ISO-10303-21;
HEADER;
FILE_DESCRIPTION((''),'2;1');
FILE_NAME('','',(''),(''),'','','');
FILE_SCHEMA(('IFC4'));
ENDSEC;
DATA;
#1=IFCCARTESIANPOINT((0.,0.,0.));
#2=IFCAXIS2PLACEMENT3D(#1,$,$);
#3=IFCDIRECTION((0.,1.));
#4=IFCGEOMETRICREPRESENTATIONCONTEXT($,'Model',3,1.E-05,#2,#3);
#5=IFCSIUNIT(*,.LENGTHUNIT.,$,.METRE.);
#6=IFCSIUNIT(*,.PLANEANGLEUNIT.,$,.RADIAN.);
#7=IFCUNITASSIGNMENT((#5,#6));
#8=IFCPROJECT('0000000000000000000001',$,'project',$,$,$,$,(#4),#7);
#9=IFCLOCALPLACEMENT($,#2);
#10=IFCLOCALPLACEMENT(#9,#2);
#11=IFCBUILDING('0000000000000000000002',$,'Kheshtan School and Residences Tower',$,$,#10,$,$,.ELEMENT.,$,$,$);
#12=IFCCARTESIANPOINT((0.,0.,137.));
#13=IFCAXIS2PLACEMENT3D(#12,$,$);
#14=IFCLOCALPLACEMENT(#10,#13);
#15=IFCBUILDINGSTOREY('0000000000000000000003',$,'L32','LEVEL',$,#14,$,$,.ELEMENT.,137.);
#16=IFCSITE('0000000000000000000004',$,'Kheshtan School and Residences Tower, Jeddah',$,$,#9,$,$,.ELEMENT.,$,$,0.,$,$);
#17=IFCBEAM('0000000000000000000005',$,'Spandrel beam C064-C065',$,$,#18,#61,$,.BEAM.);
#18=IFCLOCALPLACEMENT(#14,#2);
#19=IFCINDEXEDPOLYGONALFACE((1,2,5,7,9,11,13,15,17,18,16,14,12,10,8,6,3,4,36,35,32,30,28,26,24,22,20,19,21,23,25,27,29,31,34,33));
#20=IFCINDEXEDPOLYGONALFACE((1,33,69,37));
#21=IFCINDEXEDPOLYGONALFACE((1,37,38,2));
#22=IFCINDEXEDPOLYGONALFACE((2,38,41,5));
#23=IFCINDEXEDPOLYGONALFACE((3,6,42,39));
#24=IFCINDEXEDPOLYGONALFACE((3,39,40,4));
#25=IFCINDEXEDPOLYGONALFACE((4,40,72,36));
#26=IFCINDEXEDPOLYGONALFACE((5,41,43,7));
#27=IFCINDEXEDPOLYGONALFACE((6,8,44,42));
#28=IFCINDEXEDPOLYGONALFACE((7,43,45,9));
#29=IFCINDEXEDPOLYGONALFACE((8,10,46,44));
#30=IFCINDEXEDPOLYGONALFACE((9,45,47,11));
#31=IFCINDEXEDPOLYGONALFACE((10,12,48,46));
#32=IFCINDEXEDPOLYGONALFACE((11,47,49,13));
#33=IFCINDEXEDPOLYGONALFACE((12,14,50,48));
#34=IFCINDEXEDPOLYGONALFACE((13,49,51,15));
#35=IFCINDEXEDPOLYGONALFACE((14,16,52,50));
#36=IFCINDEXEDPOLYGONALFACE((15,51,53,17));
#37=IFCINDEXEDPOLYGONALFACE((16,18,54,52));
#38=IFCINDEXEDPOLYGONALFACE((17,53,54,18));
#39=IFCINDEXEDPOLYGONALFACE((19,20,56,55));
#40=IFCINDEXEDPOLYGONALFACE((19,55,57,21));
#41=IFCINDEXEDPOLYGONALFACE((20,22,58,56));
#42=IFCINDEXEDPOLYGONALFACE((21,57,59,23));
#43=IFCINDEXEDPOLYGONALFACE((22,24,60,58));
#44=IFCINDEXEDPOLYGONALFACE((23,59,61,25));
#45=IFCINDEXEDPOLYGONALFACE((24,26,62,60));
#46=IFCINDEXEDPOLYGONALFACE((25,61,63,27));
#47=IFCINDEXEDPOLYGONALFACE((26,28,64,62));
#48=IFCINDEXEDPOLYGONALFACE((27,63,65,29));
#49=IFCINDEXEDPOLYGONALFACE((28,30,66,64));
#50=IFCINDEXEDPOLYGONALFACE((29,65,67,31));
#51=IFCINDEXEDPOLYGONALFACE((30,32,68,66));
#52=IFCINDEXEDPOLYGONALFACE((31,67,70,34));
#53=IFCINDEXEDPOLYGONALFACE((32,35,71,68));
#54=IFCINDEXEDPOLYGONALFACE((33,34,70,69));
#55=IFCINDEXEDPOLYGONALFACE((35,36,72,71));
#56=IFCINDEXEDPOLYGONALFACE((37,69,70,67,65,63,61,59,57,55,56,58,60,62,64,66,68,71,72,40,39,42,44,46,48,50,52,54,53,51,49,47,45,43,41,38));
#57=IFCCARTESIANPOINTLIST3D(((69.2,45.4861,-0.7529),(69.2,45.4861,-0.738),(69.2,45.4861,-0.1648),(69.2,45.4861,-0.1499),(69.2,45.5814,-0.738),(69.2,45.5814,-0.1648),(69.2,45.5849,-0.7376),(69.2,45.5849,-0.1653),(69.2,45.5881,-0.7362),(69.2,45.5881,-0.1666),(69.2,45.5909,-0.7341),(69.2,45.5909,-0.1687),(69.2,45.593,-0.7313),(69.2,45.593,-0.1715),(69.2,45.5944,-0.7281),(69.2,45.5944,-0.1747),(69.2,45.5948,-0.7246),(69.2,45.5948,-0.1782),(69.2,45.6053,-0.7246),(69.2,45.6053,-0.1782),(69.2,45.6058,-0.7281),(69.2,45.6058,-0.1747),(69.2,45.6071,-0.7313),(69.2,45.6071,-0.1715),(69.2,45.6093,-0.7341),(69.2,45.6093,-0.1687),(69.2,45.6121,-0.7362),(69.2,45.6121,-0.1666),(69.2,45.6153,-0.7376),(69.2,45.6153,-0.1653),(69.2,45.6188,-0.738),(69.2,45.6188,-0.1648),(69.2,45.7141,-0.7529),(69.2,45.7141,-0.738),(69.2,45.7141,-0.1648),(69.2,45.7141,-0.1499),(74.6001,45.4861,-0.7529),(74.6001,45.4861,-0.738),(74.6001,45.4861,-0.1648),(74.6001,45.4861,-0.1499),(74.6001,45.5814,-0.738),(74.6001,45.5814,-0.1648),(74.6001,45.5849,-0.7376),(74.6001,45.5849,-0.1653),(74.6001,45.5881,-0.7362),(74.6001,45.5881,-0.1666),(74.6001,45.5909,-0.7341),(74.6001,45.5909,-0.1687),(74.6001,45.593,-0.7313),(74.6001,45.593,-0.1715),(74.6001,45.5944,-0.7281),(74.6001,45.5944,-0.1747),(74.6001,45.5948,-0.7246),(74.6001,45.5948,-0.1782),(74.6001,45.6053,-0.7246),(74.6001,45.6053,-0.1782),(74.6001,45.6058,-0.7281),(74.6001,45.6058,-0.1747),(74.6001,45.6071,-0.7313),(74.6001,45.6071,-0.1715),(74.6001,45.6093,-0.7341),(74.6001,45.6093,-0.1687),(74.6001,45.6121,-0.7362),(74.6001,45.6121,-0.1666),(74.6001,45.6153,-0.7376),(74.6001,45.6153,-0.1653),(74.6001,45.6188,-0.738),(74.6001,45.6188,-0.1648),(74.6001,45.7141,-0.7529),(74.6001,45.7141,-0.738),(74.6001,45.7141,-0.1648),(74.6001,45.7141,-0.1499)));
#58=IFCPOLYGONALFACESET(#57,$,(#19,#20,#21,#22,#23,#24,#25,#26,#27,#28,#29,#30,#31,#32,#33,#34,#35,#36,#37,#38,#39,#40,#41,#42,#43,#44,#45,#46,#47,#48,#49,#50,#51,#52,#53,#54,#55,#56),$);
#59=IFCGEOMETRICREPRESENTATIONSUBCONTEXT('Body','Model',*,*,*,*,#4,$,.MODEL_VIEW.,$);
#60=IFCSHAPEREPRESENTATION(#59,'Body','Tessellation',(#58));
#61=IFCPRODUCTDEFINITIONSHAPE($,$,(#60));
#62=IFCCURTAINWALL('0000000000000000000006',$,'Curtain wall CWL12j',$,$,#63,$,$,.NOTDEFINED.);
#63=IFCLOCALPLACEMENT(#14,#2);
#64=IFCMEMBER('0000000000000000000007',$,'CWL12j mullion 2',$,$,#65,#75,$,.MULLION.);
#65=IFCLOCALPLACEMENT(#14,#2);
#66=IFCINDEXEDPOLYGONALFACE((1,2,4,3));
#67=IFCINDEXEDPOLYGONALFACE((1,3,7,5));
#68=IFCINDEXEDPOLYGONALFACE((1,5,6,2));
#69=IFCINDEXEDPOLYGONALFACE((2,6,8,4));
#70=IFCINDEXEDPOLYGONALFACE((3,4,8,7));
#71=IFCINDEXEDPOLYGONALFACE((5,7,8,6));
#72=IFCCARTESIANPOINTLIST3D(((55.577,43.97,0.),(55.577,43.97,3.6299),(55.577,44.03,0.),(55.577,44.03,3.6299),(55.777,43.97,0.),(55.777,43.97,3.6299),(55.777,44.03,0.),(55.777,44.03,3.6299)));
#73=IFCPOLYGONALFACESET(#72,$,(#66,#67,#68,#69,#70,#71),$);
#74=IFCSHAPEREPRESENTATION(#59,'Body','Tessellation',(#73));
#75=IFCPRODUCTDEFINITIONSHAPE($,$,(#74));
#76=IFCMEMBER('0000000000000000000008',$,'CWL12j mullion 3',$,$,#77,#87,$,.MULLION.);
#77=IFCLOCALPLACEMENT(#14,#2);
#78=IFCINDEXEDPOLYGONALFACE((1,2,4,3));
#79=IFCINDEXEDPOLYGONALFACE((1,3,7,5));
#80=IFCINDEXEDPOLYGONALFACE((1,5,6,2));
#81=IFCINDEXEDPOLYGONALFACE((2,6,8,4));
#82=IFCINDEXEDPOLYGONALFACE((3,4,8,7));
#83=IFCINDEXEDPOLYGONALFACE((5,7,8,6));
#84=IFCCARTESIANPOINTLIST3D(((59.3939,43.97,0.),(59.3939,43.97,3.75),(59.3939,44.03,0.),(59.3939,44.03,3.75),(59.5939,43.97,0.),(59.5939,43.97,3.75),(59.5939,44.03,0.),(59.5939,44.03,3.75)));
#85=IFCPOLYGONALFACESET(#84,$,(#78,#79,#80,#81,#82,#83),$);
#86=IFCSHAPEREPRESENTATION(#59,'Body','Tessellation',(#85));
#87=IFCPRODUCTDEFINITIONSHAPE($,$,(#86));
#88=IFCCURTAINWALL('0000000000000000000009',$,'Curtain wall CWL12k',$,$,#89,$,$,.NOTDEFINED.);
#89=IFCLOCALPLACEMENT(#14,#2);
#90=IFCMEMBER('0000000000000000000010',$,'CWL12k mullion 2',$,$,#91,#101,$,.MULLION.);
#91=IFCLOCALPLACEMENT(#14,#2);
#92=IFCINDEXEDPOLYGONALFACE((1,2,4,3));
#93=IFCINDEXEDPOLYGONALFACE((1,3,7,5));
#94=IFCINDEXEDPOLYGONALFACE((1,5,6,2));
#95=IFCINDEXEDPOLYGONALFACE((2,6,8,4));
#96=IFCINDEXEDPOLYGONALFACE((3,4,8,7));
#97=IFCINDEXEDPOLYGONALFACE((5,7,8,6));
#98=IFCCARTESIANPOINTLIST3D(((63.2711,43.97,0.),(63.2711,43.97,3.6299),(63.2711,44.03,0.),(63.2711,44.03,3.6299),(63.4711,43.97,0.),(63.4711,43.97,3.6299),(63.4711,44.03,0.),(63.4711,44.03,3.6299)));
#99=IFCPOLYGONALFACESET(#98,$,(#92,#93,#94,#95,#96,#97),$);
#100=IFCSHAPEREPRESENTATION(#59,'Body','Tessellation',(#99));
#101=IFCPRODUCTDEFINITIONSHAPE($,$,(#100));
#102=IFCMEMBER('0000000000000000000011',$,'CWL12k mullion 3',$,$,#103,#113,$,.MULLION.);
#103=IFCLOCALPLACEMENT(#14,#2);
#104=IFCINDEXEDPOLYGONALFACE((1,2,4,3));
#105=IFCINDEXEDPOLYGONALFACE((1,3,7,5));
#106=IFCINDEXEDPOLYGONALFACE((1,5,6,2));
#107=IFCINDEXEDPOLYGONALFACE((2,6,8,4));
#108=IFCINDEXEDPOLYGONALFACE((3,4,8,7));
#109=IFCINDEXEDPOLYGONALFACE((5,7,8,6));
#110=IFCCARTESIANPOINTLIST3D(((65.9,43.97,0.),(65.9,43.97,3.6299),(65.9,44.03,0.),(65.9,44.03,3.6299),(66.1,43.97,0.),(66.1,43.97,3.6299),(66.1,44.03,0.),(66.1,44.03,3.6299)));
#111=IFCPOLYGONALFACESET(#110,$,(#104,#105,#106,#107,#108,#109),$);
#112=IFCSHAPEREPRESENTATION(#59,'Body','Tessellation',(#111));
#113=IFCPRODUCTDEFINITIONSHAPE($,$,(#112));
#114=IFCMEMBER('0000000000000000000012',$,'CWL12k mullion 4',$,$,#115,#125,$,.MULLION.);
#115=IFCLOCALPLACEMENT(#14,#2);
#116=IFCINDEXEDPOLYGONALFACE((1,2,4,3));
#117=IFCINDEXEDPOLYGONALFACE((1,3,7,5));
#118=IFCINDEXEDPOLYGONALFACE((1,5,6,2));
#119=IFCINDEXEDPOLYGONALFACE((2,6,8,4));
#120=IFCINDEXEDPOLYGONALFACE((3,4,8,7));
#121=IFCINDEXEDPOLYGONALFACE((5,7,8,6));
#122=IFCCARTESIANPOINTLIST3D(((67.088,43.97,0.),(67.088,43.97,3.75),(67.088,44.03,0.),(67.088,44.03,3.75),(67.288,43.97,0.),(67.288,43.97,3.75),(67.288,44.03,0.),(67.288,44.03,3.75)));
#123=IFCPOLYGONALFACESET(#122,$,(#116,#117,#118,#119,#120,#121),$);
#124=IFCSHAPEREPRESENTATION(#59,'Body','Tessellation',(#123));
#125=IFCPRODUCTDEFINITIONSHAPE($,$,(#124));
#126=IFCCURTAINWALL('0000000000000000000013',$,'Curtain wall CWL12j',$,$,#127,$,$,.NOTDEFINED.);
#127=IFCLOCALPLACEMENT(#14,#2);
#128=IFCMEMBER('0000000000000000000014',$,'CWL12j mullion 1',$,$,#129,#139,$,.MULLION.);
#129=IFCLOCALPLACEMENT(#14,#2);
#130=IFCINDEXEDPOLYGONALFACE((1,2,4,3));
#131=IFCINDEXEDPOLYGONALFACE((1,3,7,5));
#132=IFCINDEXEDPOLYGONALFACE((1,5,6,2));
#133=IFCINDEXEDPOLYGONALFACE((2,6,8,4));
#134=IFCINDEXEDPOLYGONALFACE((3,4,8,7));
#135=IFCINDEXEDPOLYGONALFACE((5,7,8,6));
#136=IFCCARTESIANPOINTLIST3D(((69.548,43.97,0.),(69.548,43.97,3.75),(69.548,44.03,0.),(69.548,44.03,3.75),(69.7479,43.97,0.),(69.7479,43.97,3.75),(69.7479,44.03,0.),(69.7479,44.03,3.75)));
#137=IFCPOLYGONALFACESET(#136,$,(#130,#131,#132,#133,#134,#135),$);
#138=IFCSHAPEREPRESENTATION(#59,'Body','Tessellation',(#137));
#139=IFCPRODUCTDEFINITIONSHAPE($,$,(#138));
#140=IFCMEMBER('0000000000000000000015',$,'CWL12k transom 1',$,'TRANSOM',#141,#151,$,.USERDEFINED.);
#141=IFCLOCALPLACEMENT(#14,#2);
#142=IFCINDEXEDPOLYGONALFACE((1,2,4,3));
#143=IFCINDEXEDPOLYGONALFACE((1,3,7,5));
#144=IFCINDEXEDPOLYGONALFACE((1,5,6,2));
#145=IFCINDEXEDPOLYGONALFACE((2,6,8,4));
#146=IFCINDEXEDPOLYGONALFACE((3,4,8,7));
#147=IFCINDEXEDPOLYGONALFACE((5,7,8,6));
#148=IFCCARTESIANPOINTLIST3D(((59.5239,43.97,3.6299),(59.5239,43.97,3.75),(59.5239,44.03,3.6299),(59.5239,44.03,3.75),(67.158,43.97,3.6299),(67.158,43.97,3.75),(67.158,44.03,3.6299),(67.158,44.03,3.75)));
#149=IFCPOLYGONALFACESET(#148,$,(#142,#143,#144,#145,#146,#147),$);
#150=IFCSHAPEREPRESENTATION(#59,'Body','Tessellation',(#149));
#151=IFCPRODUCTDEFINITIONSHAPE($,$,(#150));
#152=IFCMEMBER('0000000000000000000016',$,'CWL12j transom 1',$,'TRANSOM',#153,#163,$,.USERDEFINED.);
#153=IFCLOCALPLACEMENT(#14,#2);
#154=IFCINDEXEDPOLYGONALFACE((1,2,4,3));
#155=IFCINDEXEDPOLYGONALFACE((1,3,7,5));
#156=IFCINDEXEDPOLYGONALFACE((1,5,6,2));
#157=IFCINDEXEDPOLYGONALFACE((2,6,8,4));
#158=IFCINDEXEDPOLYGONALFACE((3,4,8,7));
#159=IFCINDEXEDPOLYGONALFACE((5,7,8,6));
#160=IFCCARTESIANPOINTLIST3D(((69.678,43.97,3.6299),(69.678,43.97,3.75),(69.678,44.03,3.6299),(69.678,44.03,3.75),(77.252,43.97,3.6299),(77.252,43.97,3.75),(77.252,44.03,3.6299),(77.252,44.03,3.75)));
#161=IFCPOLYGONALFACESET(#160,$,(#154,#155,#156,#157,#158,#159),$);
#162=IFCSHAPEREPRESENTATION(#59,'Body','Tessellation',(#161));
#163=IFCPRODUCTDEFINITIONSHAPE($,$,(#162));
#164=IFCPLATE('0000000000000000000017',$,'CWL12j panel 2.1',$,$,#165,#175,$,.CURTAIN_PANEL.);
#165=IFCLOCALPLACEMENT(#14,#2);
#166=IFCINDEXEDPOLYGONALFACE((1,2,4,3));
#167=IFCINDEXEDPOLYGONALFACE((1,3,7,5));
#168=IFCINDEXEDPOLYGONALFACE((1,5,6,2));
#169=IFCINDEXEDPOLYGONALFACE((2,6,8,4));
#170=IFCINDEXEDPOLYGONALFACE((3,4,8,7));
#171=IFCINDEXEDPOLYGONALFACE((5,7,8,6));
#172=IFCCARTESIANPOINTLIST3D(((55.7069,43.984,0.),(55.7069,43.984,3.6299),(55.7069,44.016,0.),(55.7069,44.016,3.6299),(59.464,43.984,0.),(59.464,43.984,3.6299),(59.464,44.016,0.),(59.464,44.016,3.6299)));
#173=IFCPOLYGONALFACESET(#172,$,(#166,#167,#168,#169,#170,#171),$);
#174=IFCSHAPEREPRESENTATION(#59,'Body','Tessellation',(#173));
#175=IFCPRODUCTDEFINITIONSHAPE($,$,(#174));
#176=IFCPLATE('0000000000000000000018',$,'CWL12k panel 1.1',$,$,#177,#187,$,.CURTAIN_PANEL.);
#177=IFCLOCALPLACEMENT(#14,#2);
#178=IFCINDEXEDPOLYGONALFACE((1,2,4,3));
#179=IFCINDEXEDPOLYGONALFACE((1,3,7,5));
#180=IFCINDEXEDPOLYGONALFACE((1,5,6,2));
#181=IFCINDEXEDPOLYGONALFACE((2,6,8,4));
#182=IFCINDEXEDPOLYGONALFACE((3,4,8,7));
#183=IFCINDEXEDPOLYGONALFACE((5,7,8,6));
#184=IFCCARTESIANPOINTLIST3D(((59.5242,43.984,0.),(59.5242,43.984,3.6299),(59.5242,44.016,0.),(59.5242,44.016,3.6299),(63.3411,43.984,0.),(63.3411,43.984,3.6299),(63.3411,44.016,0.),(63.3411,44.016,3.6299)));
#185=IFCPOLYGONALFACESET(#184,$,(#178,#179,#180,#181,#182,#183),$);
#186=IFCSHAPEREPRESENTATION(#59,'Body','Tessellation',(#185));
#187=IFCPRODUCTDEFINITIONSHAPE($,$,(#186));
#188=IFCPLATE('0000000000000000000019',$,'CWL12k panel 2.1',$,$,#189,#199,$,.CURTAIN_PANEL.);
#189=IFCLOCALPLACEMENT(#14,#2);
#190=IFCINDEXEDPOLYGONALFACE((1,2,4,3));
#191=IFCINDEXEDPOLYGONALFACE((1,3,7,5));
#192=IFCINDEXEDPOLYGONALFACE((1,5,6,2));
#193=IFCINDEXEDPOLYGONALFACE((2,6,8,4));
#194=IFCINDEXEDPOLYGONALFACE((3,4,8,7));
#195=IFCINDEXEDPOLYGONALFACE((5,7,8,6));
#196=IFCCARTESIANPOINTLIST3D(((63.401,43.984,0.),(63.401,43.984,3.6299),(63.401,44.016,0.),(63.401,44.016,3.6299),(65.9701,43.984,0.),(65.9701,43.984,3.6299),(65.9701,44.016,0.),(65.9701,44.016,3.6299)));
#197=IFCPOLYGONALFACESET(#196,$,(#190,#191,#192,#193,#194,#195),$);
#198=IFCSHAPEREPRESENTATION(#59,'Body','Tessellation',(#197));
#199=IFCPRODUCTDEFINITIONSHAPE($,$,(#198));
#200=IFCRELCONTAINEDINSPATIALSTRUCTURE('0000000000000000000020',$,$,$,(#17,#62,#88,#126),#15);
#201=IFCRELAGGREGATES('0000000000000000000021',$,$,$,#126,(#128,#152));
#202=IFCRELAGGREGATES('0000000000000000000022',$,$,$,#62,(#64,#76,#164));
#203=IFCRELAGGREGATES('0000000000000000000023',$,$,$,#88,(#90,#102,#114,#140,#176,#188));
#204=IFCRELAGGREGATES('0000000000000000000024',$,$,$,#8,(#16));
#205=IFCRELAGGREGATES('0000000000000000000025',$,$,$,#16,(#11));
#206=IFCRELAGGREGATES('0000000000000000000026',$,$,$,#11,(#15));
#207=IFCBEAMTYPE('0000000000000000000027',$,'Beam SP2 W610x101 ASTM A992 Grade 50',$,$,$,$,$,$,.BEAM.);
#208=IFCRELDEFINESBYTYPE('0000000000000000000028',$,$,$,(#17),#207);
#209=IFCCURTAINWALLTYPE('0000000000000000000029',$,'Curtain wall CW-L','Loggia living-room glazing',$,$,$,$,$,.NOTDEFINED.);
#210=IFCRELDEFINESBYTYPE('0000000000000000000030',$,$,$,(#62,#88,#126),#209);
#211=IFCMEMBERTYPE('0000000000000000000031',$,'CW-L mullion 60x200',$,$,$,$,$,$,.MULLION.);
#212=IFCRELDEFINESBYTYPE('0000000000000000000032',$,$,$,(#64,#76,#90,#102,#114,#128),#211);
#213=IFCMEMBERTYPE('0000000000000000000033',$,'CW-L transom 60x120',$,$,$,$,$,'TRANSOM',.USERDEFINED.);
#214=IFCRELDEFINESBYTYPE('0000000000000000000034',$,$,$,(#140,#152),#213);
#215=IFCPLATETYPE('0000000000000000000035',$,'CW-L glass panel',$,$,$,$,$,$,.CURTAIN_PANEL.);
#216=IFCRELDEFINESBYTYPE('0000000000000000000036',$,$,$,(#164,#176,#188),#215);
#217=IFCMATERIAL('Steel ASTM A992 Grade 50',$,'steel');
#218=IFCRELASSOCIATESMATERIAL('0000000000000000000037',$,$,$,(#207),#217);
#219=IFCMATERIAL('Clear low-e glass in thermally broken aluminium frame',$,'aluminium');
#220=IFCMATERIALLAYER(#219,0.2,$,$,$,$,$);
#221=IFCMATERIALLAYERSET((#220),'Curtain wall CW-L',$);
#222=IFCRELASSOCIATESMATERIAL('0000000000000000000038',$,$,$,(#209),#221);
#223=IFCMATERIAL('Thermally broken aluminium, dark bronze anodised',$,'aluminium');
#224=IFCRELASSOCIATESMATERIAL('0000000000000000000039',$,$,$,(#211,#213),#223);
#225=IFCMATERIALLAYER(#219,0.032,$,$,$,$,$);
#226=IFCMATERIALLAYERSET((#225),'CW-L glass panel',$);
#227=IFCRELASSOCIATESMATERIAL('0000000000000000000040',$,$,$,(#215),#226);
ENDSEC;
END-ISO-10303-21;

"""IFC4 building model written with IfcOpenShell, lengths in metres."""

from ifc_helpers import new_model, si_unit, direction, frame, origin, origin_2d, place, context, subcontext, project, spatial, rectangle, i_section, extrude, material, layer, layer_set, material_profile, profile_set, type_object, element, aggregate, save


model = new_model("IFC4")

# Units and contexts
model_context = context("Model", 3, precision=1e-05, world=origin(), true_north=direction((0.0, 1.0)))
body_context = subcontext(model_context, "Body", "Model", "MODEL_VIEW")
ifc_project = project(units=[si_unit("LENGTHUNIT", "METRE"), si_unit("PLANEANGLEUNIT", "RADIAN")], contexts=[model_context])

# Site, building, storey
site_placement = place(None, origin())
site = spatial("IfcSite", under=ifc_project, at=site_placement, Name="Kheshtan School and Residences Tower, Jeddah", CompositionType="ELEMENT", RefElevation=0.0)
building_placement = place(site_placement, origin())
building = spatial("IfcBuilding", under=site, at=building_placement, Name="Kheshtan School and Residences Tower", CompositionType="ELEMENT")
storey_placement = place(building_placement, frame((0.0, 0.0, 137.0)))
storey = spatial("IfcBuildingStorey", under=building, at=storey_placement, Name="L32", Description="LEVEL", CompositionType="ELEMENT", Elevation=137.0)

# Shared definitions
ifc_material_1 = material(Name="Steel ASTM A992 Grade 50", Category="steel")

# Beam
ifc_material_profile_1 = material_profile(ifc_material_1, i_section(OverallWidth=0.228, OverallDepth=0.603, WebThickness=0.0105, FlangeThickness=0.0149, FilletRadius=0.0134, at=origin_2d()), Name="W610x101")
ifc_profile_set_1 = profile_set([ifc_material_profile_1], Name="Steel ASTM A992 Grade 50")
beam_type_1 = type_object("IfcBeamType", Name="Beam SP2 W610x101 ASTM A992 Grade 50", PredefinedType="BEAM", material=ifc_profile_set_1)
beam_1_placement = place(storey_placement, frame((69.2, 45.6001, -0.4514), z_axis=(1.0, 0.0, 0.0), x_axis=(0.0, 1.0, 0.0)))
element("IfcBeam", 1, at=beam_1_placement, inside=storey, type_object=beam_type_1, Name="Spandrel beam C064-C065", PredefinedType="BEAM", context=body_context, shape_type="SweptSolid", body=[
    extrude(i_section(OverallWidth=0.228, OverallDepth=0.603, WebThickness=0.0105, FlangeThickness=0.0149, FilletRadius=0.0134, at=origin_2d()), origin(), (0.0, 0.0, 1.0), 5.4001),
])

# Curtain walls, members
ifc_material_2 = material(Name="Clear low-e glass in thermally broken aluminium frame", Category="aluminium")
ifc_layer_1 = layer(ifc_material_2, 0.2)
ifc_layer_set_1 = layer_set([ifc_layer_1], Name="Curtain wall CW-L")
curtain_wall_type = type_object("IfcCurtainWallType", Name="Curtain wall CW-L", Description="Loggia living-room glazing", PredefinedType="NOTDEFINED", material=ifc_layer_set_1)
curtain_wall_1_placement = place(storey_placement, origin())
curtain_wall_1 = element("IfcCurtainWall", 2, at=curtain_wall_1_placement, inside=storey, type_object=curtain_wall_type, Name="Curtain wall CWL12j", PredefinedType="NOTDEFINED")
ifc_material_3 = material(Name="Thermally broken aluminium, dark bronze anodised", Category="aluminium")
ifc_material_profile_2 = material_profile(ifc_material_3, rectangle(XDim=0.0601, YDim=0.2, at=origin_2d()), Name="CW-L mullion 60x200")
ifc_profile_set_2 = profile_set([ifc_material_profile_2], Name="Thermally broken aluminium, dark bronze anodised")
member_type_1 = type_object("IfcMemberType", Name="CW-L mullion 60x200", PredefinedType="MULLION", material=ifc_profile_set_2)
member_1_placement = place(storey_placement, frame((55.677, 44.0, 0.0), z_axis=(0.0, 0.0, 1.0), x_axis=(0.0, 1.0, 0.0)))
member_1 = element("IfcMember", 3, at=member_1_placement, type_object=member_type_1, Name="CWL12j mullion 2", PredefinedType="MULLION", context=body_context, shape_type="SweptSolid", body=[
    extrude(rectangle(XDim=0.0601, YDim=0.2, at=origin_2d()), origin(), (0.0, 0.0, 1.0), 3.6299),
])
member_2_placement = place(storey_placement, frame((59.4939, 44.0, 0.0), z_axis=(0.0, 0.0, 1.0), x_axis=(0.0, 1.0, 0.0)))
member_2 = element("IfcMember", 4, at=member_2_placement, type_object=member_type_1, Name="CWL12j mullion 3", PredefinedType="MULLION", context=body_context, shape_type="SweptSolid", body=[
    extrude(rectangle(XDim=0.0601, YDim=0.2, at=origin_2d()), origin(), (0.0, 0.0, 1.0), 3.75),
])
curtain_wall_2_placement = place(storey_placement, origin())
curtain_wall_2 = element("IfcCurtainWall", 5, at=curtain_wall_2_placement, inside=storey, type_object=curtain_wall_type, Name="Curtain wall CWL12k", PredefinedType="NOTDEFINED")
member_3_placement = place(storey_placement, frame((63.3711, 44.0, 0.0), z_axis=(0.0, 0.0, 1.0), x_axis=(0.0, 1.0, 0.0)))
member_3 = element("IfcMember", 6, at=member_3_placement, type_object=member_type_1, Name="CWL12k mullion 2", PredefinedType="MULLION", context=body_context, shape_type="SweptSolid", body=[
    extrude(rectangle(XDim=0.0601, YDim=0.2, at=origin_2d()), origin(), (0.0, 0.0, 1.0), 3.6299),
])
member_4_placement = place(storey_placement, frame((66.0, 44.0, 0.0), z_axis=(0.0, 0.0, 1.0), x_axis=(0.0, 1.0, 0.0)))
member_4 = element("IfcMember", 7, at=member_4_placement, type_object=member_type_1, Name="CWL12k mullion 3", PredefinedType="MULLION", context=body_context, shape_type="SweptSolid", body=[
    extrude(rectangle(XDim=0.0601, YDim=0.2, at=origin_2d()), origin(), (0.0, 0.0, 1.0), 3.6299),
])
member_5_placement = place(storey_placement, frame((67.188, 44.0, 0.0), z_axis=(0.0, 0.0, 1.0), x_axis=(0.0, 1.0, 0.0)))
member_5 = element("IfcMember", 8, at=member_5_placement, type_object=member_type_1, Name="CWL12k mullion 4", PredefinedType="MULLION", context=body_context, shape_type="SweptSolid", body=[
    extrude(rectangle(XDim=0.0601, YDim=0.2, at=origin_2d()), origin(), (0.0, 0.0, 1.0), 3.75),
])

# Curtain wall, member
curtain_wall_3_placement = place(storey_placement, origin())
curtain_wall_3 = element("IfcCurtainWall", 9, at=curtain_wall_3_placement, inside=storey, type_object=curtain_wall_type, Name="Curtain wall CWL12j", PredefinedType="NOTDEFINED")
member_6_placement = place(storey_placement, frame((69.6479, 44.0, 0.0), z_axis=(0.0, 0.0, 1.0), x_axis=(0.0, 1.0, 0.0)))
member_6 = element("IfcMember", 10, at=member_6_placement, type_object=member_type_1, Name="CWL12j mullion 1", PredefinedType="MULLION", context=body_context, shape_type="SweptSolid", body=[
    extrude(rectangle(XDim=0.0601, YDim=0.2, at=origin_2d()), origin(), (0.0, 0.0, 1.0), 3.75),
])

# Members
ifc_material_profile_3 = material_profile(ifc_material_3, rectangle(XDim=0.0601, YDim=0.1201, at=origin_2d()), Name="CW-L transom 60x120")
ifc_profile_set_3 = profile_set([ifc_material_profile_3], Name="Thermally broken aluminium, dark bronze anodised")
member_type_2 = type_object("IfcMemberType", Name="CW-L transom 60x120", ElementType="TRANSOM", PredefinedType="USERDEFINED", material=ifc_profile_set_3)
member_7_placement = place(storey_placement, frame((59.5239, 44.0, 3.6899), z_axis=(1.0, 0.0, 0.0), x_axis=(0.0, 1.0, 0.0)))
member_7 = element("IfcMember", 11, at=member_7_placement, type_object=member_type_2, Name="CWL12k transom 1", ObjectType="TRANSOM", PredefinedType="USERDEFINED", context=body_context, shape_type="SweptSolid", body=[
    extrude(rectangle(XDim=0.0601, YDim=0.1201, at=origin_2d()), origin(), (0.0, 0.0, 1.0), 7.634),
])
member_8_placement = place(storey_placement, frame((69.678, 44.0, 3.6899), z_axis=(1.0, 0.0, 0.0), x_axis=(0.0, 1.0, 0.0)))
member_8 = element("IfcMember", 12, at=member_8_placement, type_object=member_type_2, Name="CWL12j transom 1", ObjectType="TRANSOM", PredefinedType="USERDEFINED", context=body_context, shape_type="SweptSolid", body=[
    extrude(rectangle(XDim=0.0601, YDim=0.1201, at=origin_2d()), origin(), (0.0, 0.0, 1.0), 7.574),
])
aggregate(curtain_wall_3, [member_6, member_8])

# Plates
ifc_layer_2 = layer(ifc_material_2, 0.032)
ifc_layer_set_2 = layer_set([ifc_layer_2], Name="CW-L glass panel")
plate_type = type_object("IfcPlateType", Name="CW-L glass panel", PredefinedType="CURTAIN_PANEL", material=ifc_layer_set_2)
plate_1_placement = place(storey_placement, frame((57.5854, 44.0, 0.0), z_axis=(0.0, 0.0, 1.0), x_axis=(1.0, 0.0, 0.0)))
plate_1 = element("IfcPlate", 13, at=plate_1_placement, type_object=plate_type, Name="CWL12j panel 2.1", PredefinedType="CURTAIN_PANEL", context=body_context, shape_type="SweptSolid", body=[
    extrude(rectangle(XDim=3.7571, YDim=0.032, at=origin_2d()), origin(), (0.0, 0.0, 1.0), 3.6299),
])
aggregate(curtain_wall_1, [member_1, member_2, plate_1])
plate_2_placement = place(storey_placement, frame((61.4326, 44.0, 0.0), z_axis=(0.0, 0.0, 1.0), x_axis=(1.0, 0.0, 0.0)))
plate_2 = element("IfcPlate", 14, at=plate_2_placement, type_object=plate_type, Name="CWL12k panel 1.1", PredefinedType="CURTAIN_PANEL", context=body_context, shape_type="SweptSolid", body=[
    extrude(rectangle(XDim=3.8169, YDim=0.032, at=origin_2d()), origin(), (0.0, 0.0, 1.0), 3.6299),
])
plate_3_placement = place(storey_placement, frame((64.6855, 44.0, 0.0), z_axis=(0.0, 0.0, 1.0), x_axis=(1.0, 0.0, 0.0)))
plate_3 = element("IfcPlate", 15, at=plate_3_placement, type_object=plate_type, Name="CWL12k panel 2.1", PredefinedType="CURTAIN_PANEL", context=body_context, shape_type="SweptSolid", body=[
    extrude(rectangle(XDim=2.5691, YDim=0.032, at=origin_2d()), origin(), (0.0, 0.0, 1.0), 3.6299),
])
aggregate(curtain_wall_2, [member_3, member_4, member_5, member_7, plate_2, plate_3])

save(model, "model.ifc")
